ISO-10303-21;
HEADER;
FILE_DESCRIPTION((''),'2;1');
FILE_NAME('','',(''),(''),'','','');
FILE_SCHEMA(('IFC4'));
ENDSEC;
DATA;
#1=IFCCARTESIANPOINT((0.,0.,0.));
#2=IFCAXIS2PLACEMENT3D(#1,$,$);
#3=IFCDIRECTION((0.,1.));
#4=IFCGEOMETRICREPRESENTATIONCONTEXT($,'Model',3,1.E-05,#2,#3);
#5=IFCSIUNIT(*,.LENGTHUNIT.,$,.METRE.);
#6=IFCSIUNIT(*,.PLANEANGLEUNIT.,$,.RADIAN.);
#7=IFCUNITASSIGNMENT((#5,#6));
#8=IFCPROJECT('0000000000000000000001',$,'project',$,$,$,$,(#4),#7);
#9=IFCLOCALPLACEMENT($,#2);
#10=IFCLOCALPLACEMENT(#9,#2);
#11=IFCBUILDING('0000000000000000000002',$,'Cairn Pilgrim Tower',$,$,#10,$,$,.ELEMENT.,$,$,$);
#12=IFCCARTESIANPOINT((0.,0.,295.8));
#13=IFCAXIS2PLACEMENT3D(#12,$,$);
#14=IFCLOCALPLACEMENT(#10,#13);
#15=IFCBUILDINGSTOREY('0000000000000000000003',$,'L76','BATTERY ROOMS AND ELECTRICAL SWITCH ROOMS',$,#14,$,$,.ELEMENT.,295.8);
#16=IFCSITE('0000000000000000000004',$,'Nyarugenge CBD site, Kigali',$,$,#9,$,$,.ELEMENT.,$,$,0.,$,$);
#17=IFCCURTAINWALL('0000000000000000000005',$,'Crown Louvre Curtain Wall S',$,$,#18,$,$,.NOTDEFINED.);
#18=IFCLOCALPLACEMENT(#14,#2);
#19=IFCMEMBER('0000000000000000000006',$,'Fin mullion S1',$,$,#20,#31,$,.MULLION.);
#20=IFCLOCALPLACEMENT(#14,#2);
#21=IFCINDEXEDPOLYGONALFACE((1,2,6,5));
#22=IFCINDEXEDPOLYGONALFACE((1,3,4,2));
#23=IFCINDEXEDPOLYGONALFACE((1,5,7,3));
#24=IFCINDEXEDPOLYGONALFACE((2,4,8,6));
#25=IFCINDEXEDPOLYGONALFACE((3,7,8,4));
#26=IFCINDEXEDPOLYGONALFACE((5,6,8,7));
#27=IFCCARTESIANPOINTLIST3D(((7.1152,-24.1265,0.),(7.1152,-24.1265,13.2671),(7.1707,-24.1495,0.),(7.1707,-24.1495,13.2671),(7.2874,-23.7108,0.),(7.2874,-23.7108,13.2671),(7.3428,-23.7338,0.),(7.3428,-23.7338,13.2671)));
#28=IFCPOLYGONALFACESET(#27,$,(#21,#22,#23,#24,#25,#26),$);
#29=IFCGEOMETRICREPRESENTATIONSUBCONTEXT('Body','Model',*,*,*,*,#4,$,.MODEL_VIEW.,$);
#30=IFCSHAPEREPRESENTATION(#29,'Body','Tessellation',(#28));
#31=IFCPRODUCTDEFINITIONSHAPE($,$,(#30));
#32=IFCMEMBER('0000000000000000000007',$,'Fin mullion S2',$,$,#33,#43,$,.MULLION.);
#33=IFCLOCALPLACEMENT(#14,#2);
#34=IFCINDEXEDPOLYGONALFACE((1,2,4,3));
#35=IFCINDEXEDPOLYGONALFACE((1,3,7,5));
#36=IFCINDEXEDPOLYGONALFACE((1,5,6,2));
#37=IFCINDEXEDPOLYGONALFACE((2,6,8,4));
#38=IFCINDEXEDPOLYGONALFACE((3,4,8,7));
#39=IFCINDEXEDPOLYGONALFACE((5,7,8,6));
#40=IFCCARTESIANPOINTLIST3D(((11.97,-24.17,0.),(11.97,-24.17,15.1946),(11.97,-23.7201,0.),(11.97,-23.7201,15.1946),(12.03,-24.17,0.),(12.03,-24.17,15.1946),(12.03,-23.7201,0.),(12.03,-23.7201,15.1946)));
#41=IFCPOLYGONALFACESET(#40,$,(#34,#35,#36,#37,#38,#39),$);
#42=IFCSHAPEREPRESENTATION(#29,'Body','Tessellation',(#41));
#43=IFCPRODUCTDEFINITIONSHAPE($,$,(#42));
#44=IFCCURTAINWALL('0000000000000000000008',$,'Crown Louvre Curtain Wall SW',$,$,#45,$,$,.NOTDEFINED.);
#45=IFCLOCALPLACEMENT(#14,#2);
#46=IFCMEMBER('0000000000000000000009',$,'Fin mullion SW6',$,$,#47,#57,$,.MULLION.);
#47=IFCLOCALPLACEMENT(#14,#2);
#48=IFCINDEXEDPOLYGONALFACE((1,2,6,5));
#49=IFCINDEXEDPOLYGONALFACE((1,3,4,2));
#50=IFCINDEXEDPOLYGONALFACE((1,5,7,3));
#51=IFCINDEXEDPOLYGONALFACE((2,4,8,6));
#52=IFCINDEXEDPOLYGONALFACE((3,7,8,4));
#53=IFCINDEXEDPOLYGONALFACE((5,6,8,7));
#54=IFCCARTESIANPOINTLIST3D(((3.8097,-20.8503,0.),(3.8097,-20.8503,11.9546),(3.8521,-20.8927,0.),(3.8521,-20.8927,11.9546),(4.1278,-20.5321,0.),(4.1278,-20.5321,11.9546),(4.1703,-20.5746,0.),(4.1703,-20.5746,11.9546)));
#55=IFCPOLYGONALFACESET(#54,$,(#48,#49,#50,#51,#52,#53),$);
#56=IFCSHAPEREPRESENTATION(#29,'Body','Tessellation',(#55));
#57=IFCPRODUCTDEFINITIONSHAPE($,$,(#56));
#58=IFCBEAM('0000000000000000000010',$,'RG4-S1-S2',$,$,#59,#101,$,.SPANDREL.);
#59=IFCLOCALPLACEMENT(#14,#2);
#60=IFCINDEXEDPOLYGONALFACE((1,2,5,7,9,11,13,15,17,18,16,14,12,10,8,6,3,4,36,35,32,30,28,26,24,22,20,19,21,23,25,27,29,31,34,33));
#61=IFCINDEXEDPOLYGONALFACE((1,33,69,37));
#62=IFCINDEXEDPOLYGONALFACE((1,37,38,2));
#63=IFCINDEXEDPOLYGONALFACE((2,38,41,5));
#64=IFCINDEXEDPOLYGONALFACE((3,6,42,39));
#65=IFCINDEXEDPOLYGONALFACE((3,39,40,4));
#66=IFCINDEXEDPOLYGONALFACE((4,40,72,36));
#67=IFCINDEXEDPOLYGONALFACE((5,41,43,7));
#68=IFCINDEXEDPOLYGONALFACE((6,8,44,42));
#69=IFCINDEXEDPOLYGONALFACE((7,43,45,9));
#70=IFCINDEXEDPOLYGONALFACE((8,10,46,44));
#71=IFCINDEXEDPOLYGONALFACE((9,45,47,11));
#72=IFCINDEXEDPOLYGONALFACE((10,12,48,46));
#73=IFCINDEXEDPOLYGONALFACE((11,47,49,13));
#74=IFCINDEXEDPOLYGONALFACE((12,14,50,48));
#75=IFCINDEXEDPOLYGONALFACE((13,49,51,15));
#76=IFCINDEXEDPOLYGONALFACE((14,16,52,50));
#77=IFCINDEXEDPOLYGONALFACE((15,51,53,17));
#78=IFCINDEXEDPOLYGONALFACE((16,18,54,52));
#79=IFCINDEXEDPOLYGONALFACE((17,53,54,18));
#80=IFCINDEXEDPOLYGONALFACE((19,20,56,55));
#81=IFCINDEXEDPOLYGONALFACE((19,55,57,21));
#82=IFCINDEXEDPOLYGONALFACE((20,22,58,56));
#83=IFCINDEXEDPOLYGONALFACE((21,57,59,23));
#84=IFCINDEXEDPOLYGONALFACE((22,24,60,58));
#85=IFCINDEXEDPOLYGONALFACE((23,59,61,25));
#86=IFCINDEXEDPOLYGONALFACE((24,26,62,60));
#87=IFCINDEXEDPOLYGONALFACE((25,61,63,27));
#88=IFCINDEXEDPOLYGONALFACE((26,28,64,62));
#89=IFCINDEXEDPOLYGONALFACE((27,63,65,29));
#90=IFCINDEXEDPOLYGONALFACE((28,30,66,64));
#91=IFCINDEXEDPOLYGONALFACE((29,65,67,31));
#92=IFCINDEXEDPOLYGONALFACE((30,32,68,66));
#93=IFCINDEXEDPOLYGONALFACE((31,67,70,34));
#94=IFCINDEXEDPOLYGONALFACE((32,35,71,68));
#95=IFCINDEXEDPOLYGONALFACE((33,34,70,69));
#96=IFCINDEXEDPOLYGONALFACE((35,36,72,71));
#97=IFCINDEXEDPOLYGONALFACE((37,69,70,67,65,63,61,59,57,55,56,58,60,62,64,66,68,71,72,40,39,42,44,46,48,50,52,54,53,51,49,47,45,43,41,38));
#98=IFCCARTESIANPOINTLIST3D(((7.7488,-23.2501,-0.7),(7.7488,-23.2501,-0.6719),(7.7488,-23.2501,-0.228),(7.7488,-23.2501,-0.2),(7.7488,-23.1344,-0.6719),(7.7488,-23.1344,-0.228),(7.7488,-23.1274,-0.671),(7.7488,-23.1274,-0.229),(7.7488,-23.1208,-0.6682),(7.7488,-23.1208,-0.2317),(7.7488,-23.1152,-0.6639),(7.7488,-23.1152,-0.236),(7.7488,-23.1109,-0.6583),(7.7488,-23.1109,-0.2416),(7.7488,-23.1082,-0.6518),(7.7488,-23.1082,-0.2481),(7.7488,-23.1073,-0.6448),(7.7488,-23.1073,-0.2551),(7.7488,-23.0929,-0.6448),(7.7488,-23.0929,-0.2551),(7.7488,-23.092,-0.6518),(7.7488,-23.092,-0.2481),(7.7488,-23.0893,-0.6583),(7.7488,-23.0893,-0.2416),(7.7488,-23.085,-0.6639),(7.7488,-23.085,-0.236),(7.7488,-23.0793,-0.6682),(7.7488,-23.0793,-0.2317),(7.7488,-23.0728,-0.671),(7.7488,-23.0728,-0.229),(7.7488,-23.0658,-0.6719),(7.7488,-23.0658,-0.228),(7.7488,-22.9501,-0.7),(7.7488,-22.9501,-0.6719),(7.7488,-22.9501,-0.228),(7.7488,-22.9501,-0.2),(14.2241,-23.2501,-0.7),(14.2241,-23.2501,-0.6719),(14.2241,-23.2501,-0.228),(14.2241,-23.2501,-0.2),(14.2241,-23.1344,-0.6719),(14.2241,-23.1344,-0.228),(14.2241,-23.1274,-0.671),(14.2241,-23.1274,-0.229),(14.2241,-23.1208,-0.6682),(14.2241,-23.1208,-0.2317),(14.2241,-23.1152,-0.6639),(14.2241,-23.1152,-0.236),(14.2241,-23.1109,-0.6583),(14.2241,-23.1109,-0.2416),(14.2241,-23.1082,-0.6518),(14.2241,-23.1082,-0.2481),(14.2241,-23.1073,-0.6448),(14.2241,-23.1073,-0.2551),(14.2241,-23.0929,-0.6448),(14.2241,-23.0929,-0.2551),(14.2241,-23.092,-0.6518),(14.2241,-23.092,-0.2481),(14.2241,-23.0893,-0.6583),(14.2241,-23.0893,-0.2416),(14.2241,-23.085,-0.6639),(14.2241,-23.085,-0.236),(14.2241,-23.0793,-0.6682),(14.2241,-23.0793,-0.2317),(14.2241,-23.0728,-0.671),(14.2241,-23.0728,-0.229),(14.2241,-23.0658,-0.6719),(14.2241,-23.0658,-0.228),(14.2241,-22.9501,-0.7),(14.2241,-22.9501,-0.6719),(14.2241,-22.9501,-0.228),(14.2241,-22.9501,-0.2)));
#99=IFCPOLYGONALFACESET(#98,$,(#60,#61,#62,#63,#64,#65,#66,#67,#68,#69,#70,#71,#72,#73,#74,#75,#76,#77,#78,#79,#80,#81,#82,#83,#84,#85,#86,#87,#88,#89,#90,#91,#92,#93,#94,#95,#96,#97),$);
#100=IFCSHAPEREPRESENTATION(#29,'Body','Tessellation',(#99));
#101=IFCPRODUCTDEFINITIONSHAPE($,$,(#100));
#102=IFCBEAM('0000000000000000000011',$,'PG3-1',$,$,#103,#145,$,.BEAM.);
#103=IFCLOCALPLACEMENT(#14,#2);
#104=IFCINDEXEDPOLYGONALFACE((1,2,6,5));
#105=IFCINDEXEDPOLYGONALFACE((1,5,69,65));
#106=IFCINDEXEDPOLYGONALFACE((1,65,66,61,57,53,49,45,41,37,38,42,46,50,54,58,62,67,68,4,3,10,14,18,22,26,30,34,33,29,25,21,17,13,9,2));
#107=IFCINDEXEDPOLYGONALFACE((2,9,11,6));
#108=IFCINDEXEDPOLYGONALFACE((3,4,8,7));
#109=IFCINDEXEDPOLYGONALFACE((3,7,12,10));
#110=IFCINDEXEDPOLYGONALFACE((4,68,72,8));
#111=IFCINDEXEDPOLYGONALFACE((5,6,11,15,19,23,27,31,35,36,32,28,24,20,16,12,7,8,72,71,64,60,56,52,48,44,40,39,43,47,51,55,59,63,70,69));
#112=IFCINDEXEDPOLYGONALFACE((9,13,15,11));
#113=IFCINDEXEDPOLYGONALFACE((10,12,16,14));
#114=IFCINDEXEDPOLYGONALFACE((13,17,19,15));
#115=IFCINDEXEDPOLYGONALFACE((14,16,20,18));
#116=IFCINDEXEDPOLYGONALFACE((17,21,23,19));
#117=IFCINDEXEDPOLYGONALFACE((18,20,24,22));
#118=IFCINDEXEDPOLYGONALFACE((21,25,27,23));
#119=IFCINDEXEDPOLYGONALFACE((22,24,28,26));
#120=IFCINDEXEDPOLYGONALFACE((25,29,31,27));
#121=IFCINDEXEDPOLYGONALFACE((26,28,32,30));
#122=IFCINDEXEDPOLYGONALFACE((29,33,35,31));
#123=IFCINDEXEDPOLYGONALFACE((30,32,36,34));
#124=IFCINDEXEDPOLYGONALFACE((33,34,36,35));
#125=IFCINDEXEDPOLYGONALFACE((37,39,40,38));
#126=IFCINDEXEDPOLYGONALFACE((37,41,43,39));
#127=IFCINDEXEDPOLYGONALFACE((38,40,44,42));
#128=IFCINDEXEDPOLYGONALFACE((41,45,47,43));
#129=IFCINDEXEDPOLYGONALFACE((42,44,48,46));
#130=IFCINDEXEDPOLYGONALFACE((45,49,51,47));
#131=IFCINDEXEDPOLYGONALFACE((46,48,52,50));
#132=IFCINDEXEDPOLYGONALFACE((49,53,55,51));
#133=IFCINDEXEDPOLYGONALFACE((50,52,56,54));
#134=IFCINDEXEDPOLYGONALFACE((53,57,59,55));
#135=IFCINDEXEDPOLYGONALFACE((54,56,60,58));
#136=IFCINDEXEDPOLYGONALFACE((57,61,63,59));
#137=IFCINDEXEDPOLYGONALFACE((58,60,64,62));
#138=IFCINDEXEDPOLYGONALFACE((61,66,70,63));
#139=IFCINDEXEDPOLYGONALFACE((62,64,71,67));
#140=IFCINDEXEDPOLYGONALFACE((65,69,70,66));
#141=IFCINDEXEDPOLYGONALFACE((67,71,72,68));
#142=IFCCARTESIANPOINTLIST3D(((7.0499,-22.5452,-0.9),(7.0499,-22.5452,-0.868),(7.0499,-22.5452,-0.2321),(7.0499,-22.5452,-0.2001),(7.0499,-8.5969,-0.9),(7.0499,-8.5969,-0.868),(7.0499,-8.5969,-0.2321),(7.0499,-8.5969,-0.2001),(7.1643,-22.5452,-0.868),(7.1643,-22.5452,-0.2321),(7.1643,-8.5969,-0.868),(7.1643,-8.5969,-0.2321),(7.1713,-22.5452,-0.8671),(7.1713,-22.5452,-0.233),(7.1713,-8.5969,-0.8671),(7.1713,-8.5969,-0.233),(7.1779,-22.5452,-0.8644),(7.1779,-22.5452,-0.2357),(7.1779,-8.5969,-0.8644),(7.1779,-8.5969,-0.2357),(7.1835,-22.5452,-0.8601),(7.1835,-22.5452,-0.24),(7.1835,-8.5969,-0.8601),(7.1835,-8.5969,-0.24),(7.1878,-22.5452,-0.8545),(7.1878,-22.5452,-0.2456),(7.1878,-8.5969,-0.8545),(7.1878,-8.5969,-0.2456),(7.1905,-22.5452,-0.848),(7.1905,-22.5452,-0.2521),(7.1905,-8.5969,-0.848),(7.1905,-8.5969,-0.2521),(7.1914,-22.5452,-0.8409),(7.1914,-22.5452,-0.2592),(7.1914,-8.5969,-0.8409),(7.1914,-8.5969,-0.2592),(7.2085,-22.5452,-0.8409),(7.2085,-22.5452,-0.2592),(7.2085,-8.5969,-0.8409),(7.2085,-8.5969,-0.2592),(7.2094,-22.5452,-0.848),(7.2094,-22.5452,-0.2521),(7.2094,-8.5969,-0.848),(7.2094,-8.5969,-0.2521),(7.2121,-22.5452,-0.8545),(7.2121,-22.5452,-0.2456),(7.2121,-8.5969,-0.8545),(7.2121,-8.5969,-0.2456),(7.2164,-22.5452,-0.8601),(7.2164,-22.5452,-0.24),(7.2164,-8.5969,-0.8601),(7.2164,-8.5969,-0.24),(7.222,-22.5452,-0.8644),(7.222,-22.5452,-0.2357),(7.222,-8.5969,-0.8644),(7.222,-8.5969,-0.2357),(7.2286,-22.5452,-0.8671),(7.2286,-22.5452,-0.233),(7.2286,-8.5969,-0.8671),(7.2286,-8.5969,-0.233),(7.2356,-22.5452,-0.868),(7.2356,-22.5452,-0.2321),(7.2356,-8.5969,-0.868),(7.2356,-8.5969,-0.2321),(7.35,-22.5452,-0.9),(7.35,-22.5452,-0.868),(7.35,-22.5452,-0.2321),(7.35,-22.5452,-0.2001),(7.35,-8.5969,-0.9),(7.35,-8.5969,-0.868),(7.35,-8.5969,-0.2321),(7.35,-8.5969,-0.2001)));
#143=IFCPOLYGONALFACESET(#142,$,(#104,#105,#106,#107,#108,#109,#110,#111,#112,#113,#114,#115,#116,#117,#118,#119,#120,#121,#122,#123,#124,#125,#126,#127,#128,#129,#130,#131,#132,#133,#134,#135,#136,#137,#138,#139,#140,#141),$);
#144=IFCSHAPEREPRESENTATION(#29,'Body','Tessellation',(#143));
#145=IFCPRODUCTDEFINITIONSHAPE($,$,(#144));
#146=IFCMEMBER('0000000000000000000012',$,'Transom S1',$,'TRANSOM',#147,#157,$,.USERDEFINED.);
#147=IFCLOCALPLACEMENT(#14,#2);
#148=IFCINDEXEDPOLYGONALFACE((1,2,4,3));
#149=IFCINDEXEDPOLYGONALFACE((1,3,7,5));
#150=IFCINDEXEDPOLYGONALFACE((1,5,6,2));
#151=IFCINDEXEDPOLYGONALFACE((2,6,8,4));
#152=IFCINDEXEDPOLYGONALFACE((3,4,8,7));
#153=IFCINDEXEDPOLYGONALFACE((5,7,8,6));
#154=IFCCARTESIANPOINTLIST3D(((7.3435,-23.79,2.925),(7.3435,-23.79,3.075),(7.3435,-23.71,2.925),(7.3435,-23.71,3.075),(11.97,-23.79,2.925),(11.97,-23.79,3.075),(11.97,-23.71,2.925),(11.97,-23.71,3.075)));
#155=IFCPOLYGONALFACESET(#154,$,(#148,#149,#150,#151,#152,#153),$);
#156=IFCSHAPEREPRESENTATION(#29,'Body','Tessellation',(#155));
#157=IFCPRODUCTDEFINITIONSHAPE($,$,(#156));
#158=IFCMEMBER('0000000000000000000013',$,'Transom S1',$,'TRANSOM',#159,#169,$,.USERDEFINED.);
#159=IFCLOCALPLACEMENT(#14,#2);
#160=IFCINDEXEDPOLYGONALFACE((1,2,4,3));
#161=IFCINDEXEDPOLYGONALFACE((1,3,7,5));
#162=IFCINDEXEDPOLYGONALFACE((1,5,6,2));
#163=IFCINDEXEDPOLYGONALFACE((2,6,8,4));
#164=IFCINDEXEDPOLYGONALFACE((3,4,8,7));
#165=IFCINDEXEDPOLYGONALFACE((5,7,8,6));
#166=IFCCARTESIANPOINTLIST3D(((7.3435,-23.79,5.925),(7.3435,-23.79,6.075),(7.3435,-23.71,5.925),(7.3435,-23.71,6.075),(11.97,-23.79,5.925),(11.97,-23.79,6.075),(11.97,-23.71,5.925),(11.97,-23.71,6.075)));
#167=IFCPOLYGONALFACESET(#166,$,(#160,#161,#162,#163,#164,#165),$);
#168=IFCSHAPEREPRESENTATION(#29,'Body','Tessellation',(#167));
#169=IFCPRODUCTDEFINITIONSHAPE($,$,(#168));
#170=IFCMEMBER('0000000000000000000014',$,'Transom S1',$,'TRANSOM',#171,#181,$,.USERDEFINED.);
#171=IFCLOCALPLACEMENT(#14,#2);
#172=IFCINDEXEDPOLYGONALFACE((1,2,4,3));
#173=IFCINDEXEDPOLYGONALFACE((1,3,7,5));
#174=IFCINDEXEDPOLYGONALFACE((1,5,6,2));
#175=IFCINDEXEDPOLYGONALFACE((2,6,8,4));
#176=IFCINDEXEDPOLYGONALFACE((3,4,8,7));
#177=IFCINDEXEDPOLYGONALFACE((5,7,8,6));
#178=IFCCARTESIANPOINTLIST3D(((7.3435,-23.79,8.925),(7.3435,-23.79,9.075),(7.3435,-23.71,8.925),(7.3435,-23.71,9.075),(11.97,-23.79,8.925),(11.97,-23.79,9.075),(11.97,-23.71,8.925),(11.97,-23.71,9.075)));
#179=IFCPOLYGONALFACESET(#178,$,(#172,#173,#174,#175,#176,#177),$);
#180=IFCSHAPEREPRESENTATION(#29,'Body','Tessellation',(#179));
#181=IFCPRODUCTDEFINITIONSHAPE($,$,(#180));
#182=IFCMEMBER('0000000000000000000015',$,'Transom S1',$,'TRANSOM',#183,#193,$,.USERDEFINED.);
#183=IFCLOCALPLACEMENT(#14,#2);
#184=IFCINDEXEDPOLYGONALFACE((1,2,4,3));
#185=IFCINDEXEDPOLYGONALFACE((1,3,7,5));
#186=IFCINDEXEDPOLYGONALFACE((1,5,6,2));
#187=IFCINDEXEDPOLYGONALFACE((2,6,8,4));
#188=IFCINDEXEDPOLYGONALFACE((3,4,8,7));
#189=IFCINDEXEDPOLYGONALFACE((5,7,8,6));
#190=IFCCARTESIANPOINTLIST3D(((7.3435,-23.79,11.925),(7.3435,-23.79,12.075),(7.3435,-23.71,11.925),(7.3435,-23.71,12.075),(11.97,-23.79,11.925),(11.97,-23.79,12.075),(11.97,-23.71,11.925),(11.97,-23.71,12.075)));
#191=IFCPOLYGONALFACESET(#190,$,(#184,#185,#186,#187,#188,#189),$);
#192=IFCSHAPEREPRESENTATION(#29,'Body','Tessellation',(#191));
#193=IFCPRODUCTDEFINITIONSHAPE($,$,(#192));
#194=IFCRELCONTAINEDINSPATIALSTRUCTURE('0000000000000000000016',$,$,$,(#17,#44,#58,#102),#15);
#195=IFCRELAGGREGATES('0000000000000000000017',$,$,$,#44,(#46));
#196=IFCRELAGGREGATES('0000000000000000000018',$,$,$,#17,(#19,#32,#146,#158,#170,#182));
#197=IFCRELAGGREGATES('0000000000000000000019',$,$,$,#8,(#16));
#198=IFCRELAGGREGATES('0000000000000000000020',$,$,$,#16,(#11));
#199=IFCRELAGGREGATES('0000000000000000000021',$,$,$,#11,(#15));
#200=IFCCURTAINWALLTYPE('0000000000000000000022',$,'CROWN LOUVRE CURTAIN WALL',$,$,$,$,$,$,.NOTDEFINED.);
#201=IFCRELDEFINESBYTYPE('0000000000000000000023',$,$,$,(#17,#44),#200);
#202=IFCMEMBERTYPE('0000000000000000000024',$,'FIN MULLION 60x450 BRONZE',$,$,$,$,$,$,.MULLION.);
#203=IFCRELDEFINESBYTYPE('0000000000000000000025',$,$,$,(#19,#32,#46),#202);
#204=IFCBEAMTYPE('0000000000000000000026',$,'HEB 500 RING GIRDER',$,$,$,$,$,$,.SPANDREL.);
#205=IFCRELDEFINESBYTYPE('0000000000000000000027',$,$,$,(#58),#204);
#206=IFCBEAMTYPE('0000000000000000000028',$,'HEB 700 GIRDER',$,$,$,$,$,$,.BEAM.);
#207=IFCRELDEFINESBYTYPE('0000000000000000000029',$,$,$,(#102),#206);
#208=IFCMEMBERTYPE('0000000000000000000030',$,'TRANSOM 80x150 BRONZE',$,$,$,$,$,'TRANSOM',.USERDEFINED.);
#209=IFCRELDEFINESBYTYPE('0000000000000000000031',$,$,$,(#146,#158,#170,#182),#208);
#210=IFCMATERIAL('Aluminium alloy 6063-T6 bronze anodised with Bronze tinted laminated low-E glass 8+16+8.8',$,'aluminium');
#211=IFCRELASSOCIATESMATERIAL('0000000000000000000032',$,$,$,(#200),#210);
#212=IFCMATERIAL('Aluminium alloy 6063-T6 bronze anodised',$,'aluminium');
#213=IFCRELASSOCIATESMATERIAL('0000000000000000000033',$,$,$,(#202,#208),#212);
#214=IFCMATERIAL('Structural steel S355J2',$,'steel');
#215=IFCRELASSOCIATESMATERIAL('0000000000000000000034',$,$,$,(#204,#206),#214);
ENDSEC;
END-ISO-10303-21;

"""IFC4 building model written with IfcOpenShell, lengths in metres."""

from ifc_helpers import new_model, si_unit, direction, frame, origin, origin_2d, place, context, subcontext, project, spatial, rectangle, i_section, extrude, material, material_profile, profile_set, type_object, element, aggregate, save


model = new_model("IFC4")

# Units and contexts
model_context = context("Model", 3, precision=1e-05, world=origin(), true_north=direction((0.0, 1.0)))
body_context = subcontext(model_context, "Body", "Model", "MODEL_VIEW")
ifc_project = project(units=[si_unit("LENGTHUNIT", "METRE"), si_unit("PLANEANGLEUNIT", "RADIAN")], contexts=[model_context])

# Site, building, storey
site_placement = place(None, origin())
site = spatial("IfcSite", under=ifc_project, at=site_placement, Name="Nyarugenge CBD site, Kigali", CompositionType="ELEMENT", RefElevation=0.0)
building_placement = place(site_placement, origin())
building = spatial("IfcBuilding", under=site, at=building_placement, Name="Cairn Pilgrim Tower", CompositionType="ELEMENT")
storey_placement = place(building_placement, frame((0.0, 0.0, 295.8)))
storey = spatial("IfcBuildingStorey", under=building, at=storey_placement, Name="L76", Description="BATTERY ROOMS AND ELECTRICAL SWITCH ROOMS", CompositionType="ELEMENT", Elevation=295.8)

# Shared definitions
ifc_material_1 = material(Name="Structural steel S355J2", Category="steel")

# Curtain wall, members
ifc_material_2 = material(Name="Aluminium alloy 6063-T6 bronze anodised with Bronze tinted laminated low-E glass 8+16+8.8", Category="aluminium")
curtain_wall_type = type_object("IfcCurtainWallType", Name="CROWN LOUVRE CURTAIN WALL", PredefinedType="NOTDEFINED", material=ifc_material_2)
curtain_wall_1_placement = place(storey_placement, origin())
curtain_wall_1 = element("IfcCurtainWall", 1, at=curtain_wall_1_placement, inside=storey, type_object=curtain_wall_type, Name="Crown Louvre Curtain Wall S", PredefinedType="NOTDEFINED")
ifc_material_3 = material(Name="Aluminium alloy 6063-T6 bronze anodised", Category="aluminium")
ifc_material_profile_1 = material_profile(ifc_material_3, rectangle(XDim=0.45, YDim=0.0601, at=origin_2d()), Name="FIN MULLION 60x450 BRONZE")
ifc_profile_set_1 = profile_set([ifc_material_profile_1], Name="Aluminium alloy 6063-T6 bronze anodised")
member_type_1 = type_object("IfcMemberType", Name="FIN MULLION 60x450 BRONZE", PredefinedType="MULLION", material=ifc_profile_set_1)
member_1_placement = place(storey_placement, frame((7.229, -23.9302, 0.0), z_axis=(0.0, 0.0, 1.0), x_axis=(-0.382683, -0.92388, 0.0)))
member_1 = element("IfcMember", 2, at=member_1_placement, type_object=member_type_1, Name="Fin mullion S1", PredefinedType="MULLION", context=body_context, shape_type="SweptSolid", body=[
    extrude(rectangle(XDim=0.45, YDim=0.0601, at=origin_2d()), origin(), (0.0, 0.0, 1.0), 13.2671),
])
member_2_placement = place(storey_placement, frame((12.0, -23.9451, 0.0), z_axis=(0.0, 0.0, 1.0), x_axis=(0.0, -1.0, 0.0)))
member_2 = element("IfcMember", 3, at=member_2_placement, type_object=member_type_1, Name="Fin mullion S2", PredefinedType="MULLION", context=body_context, shape_type="SweptSolid", body=[
    extrude(rectangle(XDim=0.45, YDim=0.0601, at=origin_2d()), origin(), (0.0, 0.0, 1.0), 15.1946),
])

# Curtain wall, member
curtain_wall_2_placement = place(storey_placement, origin())
curtain_wall_2 = element("IfcCurtainWall", 4, at=curtain_wall_2_placement, inside=storey, type_object=curtain_wall_type, Name="Crown Louvre Curtain Wall SW", PredefinedType="NOTDEFINED")
member_3_placement = place(storey_placement, frame((3.99, -20.7124, 0.0), z_axis=(0.0, 0.0, 1.0), x_axis=(-0.707107, -0.707107, 0.0)))
member_3 = element("IfcMember", 5, at=member_3_placement, type_object=member_type_1, Name="Fin mullion SW6", PredefinedType="MULLION", context=body_context, shape_type="SweptSolid", body=[
    extrude(rectangle(XDim=0.45, YDim=0.0601, at=origin_2d()), origin(), (0.0, 0.0, 1.0), 11.9546),
])

# Beams
ifc_material_profile_2 = material_profile(ifc_material_1, i_section(OverallWidth=0.3, OverallDepth=0.5, WebThickness=0.0144, FlangeThickness=0.0281, FilletRadius=0.0271, at=origin_2d()), Name="HEB 500")
ifc_profile_set_2 = profile_set([ifc_material_profile_2], Name="Structural steel S355J2")
beam_type_1 = type_object("IfcBeamType", Name="HEB 500 RING GIRDER", PredefinedType="SPANDREL", material=ifc_profile_set_2)
beam_1_placement = place(storey_placement, frame((7.7488, -23.1001, -0.45), z_axis=(1.0, 0.0, 0.0), x_axis=(0.0, 1.0, 0.0)))
element("IfcBeam", 6, at=beam_1_placement, inside=storey, type_object=beam_type_1, Name="RG4-S1-S2", PredefinedType="SPANDREL", context=body_context, shape_type="SweptSolid", body=[
    extrude(i_section(OverallWidth=0.3, OverallDepth=0.5, WebThickness=0.0144, FlangeThickness=0.0281, FilletRadius=0.0271, at=origin_2d()), origin(), (0.0, 0.0, 1.0), 6.4753),
])
ifc_material_profile_3 = material_profile(ifc_material_1, i_section(OverallWidth=0.3, OverallDepth=0.7, WebThickness=0.0171, FlangeThickness=0.032, FilletRadius=0.0271, at=origin_2d()), Name="HEB 700")
ifc_profile_set_3 = profile_set([ifc_material_profile_3], Name="Structural steel S355J2")
beam_type_2 = type_object("IfcBeamType", Name="HEB 700 GIRDER", PredefinedType="BEAM", material=ifc_profile_set_3)
beam_2_placement = place(storey_placement, frame((7.2, -22.5452, -0.55), z_axis=(0.0, 1.0, 0.0), x_axis=(-1.0, 0.0, 0.0)))
element("IfcBeam", 7, at=beam_2_placement, inside=storey, type_object=beam_type_2, Name="PG3-1", PredefinedType="BEAM", context=body_context, shape_type="SweptSolid", body=[
    extrude(i_section(OverallWidth=0.3, OverallDepth=0.7, WebThickness=0.0171, FlangeThickness=0.032, FilletRadius=0.0271, at=origin_2d()), origin(), (0.0, 0.0, 1.0), 13.9482),
])

# Members
ifc_material_profile_4 = material_profile(ifc_material_3, rectangle(XDim=0.0801, YDim=0.1499, at=origin_2d()), Name="TRANSOM 80x150 BRONZE")
ifc_profile_set_4 = profile_set([ifc_material_profile_4], Name="Aluminium alloy 6063-T6 bronze anodised")
member_type_2 = type_object("IfcMemberType", Name="TRANSOM 80x150 BRONZE", ElementType="TRANSOM", PredefinedType="USERDEFINED", material=ifc_profile_set_4)
member_4_placement = place(storey_placement, frame((7.3435, -23.75, 3.0), z_axis=(1.0, 0.0, 0.0), x_axis=(0.0, 1.0, 0.0)))
member_4 = element("IfcMember", 8, at=member_4_placement, type_object=member_type_2, Name="Transom S1", ObjectType="TRANSOM", PredefinedType="USERDEFINED", context=body_context, shape_type="SweptSolid", body=[
    extrude(rectangle(XDim=0.0801, YDim=0.1499, at=origin_2d()), origin(), (0.0, 0.0, 1.0), 4.6265),
])
member_5_placement = place(storey_placement, frame((7.3435, -23.75, 6.0), z_axis=(1.0, 0.0, 0.0), x_axis=(0.0, 1.0, 0.0)))
member_5 = element("IfcMember", 9, at=member_5_placement, type_object=member_type_2, Name="Transom S1", ObjectType="TRANSOM", PredefinedType="USERDEFINED", context=body_context, shape_type="SweptSolid", body=[
    extrude(rectangle(XDim=0.0801, YDim=0.1499, at=origin_2d()), origin(), (0.0, 0.0, 1.0), 4.6265),
])
member_6_placement = place(storey_placement, frame((7.3435, -23.75, 9.0), z_axis=(1.0, 0.0, 0.0), x_axis=(0.0, 1.0, 0.0)))
member_6 = element("IfcMember", 10, at=member_6_placement, type_object=member_type_2, Name="Transom S1", ObjectType="TRANSOM", PredefinedType="USERDEFINED", context=body_context, shape_type="SweptSolid", body=[
    extrude(rectangle(XDim=0.0801, YDim=0.1499, at=origin_2d()), origin(), (0.0, 0.0, 1.0), 4.6265),
])
member_7_placement = place(storey_placement, frame((7.3435, -23.75, 12.0), z_axis=(1.0, 0.0, 0.0), x_axis=(0.0, 1.0, 0.0)))
member_7 = element("IfcMember", 11, at=member_7_placement, type_object=member_type_2, Name="Transom S1", ObjectType="TRANSOM", PredefinedType="USERDEFINED", context=body_context, shape_type="SweptSolid", body=[
    extrude(rectangle(XDim=0.0801, YDim=0.1499, at=origin_2d()), origin(), (0.0, 0.0, 1.0), 4.6265),
])

aggregate(curtain_wall_2, [member_3])
aggregate(curtain_wall_1, [member_1, member_2, member_4, member_5, member_6, member_7])

save(model, "model.ifc")
